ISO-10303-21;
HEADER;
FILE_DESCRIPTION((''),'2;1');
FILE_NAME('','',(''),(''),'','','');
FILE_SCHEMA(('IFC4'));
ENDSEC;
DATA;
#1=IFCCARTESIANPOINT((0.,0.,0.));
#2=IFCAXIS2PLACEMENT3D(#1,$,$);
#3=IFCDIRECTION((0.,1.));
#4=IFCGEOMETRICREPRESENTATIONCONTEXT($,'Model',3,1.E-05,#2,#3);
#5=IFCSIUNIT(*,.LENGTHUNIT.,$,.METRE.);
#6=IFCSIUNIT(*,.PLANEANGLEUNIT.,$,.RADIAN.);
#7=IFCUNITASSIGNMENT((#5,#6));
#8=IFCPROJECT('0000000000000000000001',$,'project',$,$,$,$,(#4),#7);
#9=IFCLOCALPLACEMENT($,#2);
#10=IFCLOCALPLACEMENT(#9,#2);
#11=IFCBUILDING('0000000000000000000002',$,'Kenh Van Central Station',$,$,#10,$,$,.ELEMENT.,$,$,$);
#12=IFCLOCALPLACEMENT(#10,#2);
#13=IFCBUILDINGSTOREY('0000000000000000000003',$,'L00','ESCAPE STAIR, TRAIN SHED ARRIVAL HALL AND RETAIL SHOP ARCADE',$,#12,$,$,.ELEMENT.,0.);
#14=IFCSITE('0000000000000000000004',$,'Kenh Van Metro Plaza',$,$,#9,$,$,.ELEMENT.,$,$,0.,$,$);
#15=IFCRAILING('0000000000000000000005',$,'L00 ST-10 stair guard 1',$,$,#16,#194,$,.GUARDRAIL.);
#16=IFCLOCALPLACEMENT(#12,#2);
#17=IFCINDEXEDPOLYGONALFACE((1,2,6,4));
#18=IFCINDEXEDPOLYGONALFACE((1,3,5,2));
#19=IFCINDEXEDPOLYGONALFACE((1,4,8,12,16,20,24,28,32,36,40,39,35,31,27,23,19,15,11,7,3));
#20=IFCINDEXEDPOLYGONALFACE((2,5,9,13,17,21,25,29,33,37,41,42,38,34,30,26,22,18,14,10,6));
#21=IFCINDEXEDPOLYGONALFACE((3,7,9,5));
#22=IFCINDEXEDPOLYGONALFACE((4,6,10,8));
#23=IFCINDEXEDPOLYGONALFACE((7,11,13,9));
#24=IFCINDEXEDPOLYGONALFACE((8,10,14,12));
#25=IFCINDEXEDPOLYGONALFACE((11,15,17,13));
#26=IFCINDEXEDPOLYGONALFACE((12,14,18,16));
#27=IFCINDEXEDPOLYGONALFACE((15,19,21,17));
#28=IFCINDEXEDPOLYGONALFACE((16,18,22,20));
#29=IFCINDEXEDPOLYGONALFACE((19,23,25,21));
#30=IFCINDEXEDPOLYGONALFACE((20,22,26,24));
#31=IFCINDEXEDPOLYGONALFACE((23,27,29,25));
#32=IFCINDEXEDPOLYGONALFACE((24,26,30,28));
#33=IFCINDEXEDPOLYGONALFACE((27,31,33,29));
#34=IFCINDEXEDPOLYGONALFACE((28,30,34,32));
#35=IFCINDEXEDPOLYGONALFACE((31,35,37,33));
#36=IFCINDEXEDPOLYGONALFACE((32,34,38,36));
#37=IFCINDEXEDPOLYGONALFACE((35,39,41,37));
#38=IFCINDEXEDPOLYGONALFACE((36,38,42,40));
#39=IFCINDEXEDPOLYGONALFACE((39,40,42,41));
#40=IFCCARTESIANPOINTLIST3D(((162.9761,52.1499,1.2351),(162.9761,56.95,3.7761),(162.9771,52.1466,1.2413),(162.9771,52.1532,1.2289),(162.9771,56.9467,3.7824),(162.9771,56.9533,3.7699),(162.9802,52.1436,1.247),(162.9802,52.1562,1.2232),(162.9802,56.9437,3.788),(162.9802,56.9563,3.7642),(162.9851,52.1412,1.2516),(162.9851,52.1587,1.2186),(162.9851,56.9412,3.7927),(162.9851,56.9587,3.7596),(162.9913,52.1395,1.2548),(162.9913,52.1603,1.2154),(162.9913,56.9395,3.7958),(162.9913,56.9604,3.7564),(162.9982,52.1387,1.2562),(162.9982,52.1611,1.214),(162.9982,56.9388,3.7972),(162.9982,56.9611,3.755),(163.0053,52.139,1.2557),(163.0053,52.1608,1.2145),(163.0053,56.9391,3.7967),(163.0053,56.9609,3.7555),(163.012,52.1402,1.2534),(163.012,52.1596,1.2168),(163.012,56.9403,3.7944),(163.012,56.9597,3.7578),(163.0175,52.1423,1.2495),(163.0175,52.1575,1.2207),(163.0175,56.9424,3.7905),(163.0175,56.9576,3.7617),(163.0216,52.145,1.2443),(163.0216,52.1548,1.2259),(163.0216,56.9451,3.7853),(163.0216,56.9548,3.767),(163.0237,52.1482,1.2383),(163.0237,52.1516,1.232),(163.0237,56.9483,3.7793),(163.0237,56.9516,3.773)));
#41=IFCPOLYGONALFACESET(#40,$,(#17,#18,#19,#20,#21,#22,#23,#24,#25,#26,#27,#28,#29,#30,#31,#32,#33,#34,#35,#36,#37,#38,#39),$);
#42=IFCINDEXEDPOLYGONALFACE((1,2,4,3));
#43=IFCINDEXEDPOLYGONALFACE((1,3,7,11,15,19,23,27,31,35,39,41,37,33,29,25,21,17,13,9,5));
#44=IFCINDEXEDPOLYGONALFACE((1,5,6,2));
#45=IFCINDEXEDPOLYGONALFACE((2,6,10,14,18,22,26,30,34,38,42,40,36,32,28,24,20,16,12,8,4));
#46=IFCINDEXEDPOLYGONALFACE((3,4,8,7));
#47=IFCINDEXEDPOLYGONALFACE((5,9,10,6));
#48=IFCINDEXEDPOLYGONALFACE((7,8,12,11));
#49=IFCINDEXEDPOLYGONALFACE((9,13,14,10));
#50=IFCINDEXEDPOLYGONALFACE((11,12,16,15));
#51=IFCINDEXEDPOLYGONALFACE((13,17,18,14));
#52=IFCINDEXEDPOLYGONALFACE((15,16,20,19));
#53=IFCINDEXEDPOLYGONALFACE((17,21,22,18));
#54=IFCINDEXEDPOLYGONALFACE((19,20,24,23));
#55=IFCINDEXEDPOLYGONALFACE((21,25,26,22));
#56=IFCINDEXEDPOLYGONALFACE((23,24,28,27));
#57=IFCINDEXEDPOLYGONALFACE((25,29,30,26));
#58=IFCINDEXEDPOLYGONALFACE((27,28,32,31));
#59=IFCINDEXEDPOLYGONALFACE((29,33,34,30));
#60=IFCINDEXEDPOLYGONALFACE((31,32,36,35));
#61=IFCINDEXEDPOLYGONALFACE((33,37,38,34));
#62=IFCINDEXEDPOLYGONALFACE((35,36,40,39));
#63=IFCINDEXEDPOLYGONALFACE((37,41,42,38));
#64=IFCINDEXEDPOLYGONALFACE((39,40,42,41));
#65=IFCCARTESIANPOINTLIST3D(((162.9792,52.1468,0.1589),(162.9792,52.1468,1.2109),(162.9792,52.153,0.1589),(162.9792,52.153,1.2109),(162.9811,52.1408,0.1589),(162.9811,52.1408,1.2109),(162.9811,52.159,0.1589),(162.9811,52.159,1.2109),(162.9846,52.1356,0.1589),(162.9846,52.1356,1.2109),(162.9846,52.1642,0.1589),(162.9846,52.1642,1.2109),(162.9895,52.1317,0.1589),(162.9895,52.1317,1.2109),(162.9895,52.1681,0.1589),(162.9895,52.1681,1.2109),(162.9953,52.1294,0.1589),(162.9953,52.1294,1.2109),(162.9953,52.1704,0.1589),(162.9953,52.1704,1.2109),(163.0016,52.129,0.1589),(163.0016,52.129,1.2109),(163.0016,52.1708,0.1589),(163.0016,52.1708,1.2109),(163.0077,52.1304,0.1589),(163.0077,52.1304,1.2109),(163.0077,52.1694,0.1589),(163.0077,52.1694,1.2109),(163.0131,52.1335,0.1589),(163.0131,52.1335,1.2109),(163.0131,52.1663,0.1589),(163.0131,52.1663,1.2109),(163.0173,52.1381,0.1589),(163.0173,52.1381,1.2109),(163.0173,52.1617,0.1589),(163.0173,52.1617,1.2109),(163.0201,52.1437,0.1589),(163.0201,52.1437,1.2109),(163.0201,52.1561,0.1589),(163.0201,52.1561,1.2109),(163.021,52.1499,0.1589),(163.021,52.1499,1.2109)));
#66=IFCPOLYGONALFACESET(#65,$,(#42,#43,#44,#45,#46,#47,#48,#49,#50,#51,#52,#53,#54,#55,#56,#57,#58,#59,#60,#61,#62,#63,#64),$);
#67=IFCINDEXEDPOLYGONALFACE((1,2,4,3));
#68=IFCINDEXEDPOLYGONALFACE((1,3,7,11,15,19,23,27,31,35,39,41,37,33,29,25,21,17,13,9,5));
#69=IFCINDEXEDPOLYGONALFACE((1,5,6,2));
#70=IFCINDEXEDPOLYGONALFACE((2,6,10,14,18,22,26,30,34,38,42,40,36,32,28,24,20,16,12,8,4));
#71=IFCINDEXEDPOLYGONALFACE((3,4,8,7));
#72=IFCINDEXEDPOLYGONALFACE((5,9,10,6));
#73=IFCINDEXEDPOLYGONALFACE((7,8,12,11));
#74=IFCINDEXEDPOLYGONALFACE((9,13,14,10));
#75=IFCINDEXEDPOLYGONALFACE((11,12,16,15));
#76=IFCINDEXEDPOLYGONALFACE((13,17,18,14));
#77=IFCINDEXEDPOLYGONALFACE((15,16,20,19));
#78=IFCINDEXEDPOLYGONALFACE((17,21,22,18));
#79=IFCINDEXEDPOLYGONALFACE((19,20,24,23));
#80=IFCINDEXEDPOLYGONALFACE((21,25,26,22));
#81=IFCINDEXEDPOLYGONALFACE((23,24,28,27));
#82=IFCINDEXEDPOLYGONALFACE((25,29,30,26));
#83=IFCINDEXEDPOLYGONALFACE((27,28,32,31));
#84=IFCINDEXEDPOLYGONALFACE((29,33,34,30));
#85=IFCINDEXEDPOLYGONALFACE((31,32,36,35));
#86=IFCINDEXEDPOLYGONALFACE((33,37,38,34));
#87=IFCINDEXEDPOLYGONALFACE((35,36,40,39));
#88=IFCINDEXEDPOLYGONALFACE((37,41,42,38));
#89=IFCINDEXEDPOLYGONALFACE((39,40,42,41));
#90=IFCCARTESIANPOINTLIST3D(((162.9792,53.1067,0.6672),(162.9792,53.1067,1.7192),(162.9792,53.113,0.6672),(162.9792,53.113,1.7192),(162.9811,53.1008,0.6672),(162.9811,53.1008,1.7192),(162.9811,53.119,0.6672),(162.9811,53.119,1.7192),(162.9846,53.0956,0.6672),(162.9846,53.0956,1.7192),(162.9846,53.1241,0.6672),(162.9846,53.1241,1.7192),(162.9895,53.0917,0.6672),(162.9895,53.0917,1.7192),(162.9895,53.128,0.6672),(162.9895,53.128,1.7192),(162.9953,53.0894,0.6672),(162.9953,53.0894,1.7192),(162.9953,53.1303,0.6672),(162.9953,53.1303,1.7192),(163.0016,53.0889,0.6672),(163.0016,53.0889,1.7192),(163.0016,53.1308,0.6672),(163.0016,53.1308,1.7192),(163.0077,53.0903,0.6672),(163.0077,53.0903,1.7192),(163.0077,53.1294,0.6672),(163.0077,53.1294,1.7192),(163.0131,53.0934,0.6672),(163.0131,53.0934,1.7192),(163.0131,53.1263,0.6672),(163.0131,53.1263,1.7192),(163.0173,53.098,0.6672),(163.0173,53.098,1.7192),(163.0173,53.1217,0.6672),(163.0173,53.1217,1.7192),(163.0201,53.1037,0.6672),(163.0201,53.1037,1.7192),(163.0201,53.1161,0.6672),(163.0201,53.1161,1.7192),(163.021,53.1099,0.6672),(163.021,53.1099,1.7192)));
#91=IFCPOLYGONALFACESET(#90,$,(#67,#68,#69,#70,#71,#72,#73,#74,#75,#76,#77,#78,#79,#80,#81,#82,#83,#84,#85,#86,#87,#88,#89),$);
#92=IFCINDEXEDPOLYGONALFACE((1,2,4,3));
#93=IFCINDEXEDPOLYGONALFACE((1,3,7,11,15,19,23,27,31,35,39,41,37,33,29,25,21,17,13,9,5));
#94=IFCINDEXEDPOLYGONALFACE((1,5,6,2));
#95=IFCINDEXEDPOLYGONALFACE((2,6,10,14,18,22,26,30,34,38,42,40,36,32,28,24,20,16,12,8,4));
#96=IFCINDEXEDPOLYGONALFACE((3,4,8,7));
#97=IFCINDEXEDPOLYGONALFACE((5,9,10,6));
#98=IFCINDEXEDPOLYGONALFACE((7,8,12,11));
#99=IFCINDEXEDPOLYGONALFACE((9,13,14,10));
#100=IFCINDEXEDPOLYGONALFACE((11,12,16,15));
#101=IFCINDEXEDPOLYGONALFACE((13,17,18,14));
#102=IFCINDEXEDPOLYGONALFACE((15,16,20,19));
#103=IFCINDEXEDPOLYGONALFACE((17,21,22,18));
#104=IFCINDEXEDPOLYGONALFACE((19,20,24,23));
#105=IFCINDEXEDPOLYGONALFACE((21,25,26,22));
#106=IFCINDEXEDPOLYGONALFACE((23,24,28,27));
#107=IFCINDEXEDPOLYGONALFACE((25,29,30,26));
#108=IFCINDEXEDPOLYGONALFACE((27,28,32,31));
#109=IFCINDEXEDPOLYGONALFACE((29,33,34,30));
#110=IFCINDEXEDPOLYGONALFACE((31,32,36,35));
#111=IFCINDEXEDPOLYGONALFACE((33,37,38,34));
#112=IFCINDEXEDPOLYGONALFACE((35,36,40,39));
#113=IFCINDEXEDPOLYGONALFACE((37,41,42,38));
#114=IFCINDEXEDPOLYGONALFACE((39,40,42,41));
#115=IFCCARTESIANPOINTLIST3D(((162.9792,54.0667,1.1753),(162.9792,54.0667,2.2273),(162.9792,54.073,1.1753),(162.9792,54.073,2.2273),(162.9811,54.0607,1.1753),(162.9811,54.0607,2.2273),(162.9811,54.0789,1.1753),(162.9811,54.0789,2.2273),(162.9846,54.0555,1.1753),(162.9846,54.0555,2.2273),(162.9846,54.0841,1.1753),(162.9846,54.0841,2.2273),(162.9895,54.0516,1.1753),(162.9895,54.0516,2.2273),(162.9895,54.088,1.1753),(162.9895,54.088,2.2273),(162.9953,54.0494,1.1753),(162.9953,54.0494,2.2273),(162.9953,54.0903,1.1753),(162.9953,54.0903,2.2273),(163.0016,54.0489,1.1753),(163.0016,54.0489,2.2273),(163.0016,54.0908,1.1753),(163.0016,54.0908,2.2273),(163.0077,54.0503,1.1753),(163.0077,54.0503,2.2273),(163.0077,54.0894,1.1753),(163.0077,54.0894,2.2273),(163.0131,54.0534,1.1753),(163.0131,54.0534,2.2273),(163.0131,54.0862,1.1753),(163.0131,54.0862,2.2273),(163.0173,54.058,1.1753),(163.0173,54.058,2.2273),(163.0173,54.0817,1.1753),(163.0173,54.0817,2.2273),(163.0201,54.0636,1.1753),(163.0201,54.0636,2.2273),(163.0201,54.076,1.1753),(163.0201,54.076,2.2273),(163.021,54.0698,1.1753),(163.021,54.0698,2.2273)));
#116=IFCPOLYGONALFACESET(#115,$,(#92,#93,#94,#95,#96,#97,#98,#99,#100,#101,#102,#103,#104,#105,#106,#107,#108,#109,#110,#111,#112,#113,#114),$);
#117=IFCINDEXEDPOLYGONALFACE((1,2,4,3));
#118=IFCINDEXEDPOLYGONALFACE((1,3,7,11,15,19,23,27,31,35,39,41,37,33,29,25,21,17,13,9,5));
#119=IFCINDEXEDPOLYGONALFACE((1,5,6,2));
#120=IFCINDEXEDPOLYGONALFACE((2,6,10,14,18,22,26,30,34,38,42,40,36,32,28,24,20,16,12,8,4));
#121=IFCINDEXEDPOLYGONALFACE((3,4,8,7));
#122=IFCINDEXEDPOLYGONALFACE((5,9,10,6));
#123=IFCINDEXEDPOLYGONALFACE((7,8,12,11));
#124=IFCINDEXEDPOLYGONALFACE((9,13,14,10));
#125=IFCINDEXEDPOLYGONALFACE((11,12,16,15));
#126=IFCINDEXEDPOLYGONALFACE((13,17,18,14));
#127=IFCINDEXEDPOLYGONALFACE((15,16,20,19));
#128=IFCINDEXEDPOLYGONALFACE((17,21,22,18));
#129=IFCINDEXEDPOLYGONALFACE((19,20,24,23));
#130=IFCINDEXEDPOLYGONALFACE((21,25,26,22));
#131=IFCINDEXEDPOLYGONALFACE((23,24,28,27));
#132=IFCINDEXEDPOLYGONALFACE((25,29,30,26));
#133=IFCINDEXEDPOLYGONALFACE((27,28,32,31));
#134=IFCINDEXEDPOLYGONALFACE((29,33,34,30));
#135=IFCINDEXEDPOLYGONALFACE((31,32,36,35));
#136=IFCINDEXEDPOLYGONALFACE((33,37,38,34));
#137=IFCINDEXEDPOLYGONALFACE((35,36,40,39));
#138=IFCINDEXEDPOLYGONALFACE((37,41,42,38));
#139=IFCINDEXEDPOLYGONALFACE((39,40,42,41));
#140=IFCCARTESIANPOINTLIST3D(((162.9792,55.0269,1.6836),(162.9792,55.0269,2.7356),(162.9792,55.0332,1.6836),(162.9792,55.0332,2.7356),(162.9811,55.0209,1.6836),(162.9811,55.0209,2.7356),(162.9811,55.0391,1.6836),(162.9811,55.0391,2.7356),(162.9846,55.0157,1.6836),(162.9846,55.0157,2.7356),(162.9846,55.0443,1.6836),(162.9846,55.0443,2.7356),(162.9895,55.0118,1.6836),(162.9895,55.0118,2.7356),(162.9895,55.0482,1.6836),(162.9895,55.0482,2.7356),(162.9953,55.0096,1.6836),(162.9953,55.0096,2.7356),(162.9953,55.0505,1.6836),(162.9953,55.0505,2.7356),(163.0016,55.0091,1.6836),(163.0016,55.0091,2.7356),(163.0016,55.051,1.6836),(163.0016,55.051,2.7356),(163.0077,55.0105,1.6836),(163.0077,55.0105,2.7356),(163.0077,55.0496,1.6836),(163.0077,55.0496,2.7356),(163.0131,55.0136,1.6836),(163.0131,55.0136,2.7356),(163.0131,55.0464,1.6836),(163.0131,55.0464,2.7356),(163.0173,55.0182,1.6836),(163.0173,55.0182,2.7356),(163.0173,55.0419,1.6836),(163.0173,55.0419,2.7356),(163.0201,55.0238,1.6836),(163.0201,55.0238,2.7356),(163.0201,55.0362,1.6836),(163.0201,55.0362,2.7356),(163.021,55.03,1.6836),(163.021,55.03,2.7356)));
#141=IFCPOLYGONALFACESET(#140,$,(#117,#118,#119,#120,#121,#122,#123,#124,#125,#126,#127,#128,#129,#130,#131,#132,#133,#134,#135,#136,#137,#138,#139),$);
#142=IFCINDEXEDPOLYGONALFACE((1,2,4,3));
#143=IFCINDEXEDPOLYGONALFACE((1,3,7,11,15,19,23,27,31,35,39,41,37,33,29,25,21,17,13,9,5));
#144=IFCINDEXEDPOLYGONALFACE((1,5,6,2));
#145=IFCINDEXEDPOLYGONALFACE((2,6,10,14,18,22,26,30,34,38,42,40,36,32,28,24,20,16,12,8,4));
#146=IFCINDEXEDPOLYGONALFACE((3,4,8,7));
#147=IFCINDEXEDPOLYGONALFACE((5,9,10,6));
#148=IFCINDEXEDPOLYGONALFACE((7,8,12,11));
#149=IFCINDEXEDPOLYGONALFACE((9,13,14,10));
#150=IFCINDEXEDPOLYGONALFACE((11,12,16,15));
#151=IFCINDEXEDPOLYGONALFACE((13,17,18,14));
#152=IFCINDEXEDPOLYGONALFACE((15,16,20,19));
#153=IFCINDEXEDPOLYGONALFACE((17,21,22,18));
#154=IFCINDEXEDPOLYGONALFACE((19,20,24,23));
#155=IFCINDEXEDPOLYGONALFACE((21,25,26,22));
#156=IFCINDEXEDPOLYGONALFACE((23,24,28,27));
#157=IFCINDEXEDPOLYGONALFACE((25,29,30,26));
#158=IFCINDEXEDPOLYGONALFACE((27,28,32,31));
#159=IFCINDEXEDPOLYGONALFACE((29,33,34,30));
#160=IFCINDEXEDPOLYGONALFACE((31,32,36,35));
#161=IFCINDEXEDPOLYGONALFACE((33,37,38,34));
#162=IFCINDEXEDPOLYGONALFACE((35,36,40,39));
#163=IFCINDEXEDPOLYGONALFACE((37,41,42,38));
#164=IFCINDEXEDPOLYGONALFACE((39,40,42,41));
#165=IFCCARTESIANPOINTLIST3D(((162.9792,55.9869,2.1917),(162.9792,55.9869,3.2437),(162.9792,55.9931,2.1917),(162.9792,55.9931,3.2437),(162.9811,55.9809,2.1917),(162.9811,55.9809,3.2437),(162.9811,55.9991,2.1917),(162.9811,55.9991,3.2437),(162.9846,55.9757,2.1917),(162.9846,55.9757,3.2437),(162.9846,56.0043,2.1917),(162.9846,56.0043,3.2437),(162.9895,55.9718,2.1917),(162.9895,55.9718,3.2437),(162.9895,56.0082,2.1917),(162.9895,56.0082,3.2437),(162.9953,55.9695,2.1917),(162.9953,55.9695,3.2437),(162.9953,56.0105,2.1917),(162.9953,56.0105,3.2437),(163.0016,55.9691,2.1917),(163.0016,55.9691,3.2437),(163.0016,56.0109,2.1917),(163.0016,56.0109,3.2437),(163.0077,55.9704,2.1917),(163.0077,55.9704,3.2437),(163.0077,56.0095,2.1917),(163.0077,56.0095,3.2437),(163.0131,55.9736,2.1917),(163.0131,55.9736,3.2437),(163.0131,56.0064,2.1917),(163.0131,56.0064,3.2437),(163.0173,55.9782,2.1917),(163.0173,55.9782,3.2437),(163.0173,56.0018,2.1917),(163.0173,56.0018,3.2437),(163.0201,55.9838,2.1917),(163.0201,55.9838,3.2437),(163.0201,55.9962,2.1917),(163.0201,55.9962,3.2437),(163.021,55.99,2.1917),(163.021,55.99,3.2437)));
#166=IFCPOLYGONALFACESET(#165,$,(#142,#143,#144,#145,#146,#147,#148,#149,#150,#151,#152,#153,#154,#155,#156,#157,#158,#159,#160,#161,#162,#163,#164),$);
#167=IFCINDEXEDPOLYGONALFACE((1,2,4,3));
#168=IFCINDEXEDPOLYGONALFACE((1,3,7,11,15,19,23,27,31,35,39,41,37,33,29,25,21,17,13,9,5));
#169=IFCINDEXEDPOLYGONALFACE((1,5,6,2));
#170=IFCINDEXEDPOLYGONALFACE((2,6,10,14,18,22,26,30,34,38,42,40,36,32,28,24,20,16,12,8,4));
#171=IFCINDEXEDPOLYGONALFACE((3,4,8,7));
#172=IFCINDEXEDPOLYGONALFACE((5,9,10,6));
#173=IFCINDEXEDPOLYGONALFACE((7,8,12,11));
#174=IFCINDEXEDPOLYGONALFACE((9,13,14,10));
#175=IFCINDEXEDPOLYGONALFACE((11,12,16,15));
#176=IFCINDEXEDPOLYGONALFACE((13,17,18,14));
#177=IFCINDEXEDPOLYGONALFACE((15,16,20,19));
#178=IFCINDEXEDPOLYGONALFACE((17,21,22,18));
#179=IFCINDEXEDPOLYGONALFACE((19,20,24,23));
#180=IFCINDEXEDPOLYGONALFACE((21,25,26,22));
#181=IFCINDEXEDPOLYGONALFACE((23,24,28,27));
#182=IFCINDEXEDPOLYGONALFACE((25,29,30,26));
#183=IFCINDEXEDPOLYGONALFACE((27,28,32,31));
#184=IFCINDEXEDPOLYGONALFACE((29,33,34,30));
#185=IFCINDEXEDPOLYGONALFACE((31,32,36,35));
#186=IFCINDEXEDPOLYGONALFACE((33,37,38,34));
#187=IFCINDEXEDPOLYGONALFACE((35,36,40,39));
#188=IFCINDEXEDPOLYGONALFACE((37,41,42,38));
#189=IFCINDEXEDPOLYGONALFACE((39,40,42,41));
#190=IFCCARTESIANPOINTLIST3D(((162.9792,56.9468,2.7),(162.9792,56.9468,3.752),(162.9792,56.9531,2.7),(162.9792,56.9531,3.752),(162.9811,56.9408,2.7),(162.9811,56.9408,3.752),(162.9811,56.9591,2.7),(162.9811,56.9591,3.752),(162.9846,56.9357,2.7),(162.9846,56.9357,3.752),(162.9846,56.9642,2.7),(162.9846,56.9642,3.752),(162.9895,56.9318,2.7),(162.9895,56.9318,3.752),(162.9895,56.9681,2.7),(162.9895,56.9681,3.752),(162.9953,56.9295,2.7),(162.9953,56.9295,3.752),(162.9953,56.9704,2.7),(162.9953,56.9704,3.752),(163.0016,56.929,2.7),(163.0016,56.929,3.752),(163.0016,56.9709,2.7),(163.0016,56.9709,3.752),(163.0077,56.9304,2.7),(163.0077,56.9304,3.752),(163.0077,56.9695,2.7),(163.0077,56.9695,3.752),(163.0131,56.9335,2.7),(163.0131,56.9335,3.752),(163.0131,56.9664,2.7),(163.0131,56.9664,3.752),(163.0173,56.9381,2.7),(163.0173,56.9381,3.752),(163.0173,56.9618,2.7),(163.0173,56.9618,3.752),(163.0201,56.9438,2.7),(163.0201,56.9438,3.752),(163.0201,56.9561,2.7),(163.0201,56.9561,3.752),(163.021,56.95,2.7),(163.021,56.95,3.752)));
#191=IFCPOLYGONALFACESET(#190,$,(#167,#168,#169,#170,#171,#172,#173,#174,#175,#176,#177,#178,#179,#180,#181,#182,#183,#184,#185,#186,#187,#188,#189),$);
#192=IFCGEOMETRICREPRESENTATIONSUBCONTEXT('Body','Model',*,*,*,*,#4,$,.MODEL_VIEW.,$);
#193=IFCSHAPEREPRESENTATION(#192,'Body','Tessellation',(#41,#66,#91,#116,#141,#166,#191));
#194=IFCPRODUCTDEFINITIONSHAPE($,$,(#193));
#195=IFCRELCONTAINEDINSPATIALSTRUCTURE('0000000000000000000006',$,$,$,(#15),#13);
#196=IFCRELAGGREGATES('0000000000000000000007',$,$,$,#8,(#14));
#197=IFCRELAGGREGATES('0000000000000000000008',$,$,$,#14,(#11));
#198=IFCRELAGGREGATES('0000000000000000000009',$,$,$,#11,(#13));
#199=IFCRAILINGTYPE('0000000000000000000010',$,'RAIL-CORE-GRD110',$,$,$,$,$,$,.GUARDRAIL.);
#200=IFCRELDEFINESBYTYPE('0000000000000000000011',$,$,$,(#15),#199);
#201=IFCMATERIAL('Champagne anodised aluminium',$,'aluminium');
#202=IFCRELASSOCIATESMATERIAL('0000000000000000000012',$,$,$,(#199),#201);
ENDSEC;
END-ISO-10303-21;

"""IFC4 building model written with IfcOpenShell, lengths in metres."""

from ifc_helpers import new_model, si_unit, direction, frame, origin, origin_2d, place, context, subcontext, project, spatial, circle, extrude, material, type_object, element, save


model = new_model("IFC4")

# Units and contexts
model_context = context("Model", 3, precision=1e-05, world=origin(), true_north=direction((0.0, 1.0)))
body_context = subcontext(model_context, "Body", "Model", "MODEL_VIEW")
ifc_project = project(units=[si_unit("LENGTHUNIT", "METRE"), si_unit("PLANEANGLEUNIT", "RADIAN")], contexts=[model_context])

# Site, building, storey
site_placement = place(None, origin())
site = spatial("IfcSite", under=ifc_project, at=site_placement, Name="Kenh Van Metro Plaza", CompositionType="ELEMENT", RefElevation=0.0)
building_placement = place(site_placement, origin())
building = spatial("IfcBuilding", under=site, at=building_placement, Name="Kenh Van Central Station", CompositionType="ELEMENT")
storey_placement = place(building_placement, origin())
storey = spatial("IfcBuildingStorey", under=building, at=storey_placement, Name="L00", Description="ESCAPE STAIR, TRAIN SHED ARRIVAL HALL AND RETAIL SHOP ARCADE", CompositionType="ELEMENT", Elevation=0.0)

# Shared definitions
ifc_material_1 = material(Name="Champagne anodised aluminium", Category="aluminium")

# Railing
railing_type_1 = type_object("IfcRailingType", Name="RAIL-CORE-GRD110", PredefinedType="GUARDRAIL", material=ifc_material_1)
railing_1_placement = place(storey_placement, frame((163.0, 52.1499, 0.1589)))
element("IfcRailing", 1, at=railing_1_placement, inside=storey, type_object=railing_type_1, Name="L00 ST-10 stair guard 1", PredefinedType="GUARDRAIL", context=body_context, shape_type="SweptSolid", body=[
    extrude(circle(Radius=0.0239, at=origin_2d()), frame((0.0, 0.0, 1.0762), z_axis=(0.0, 0.883802, 0.467861), x_axis=(-1.0, 0.0, 0.0)), (0.0, 0.0, 1.0), 5.4312),
    extrude(circle(Radius=0.021, at=origin_2d()), origin(), (0.0, 0.0, 1.0), 1.052),
    extrude(circle(Radius=0.021, at=origin_2d()), frame((0.0, 0.96, 0.5083)), (0.0, 0.0, 1.0), 1.052),
    extrude(circle(Radius=0.021, at=origin_2d()), frame((0.0, 1.9199, 1.0164)), (0.0, 0.0, 1.0), 1.052),
    extrude(circle(Radius=0.021, at=origin_2d()), frame((0.0, 2.8801, 1.5247)), (0.0, 0.0, 1.0), 1.052),
    extrude(circle(Radius=0.021, at=origin_2d()), frame((0.0, 3.8401, 2.0327)), (0.0, 0.0, 1.0), 1.052),
    extrude(circle(Radius=0.021, at=origin_2d()), frame((0.0, 4.8, 2.541)), (0.0, 0.0, 1.0), 1.052),
])

save(model, "model.ifc")
